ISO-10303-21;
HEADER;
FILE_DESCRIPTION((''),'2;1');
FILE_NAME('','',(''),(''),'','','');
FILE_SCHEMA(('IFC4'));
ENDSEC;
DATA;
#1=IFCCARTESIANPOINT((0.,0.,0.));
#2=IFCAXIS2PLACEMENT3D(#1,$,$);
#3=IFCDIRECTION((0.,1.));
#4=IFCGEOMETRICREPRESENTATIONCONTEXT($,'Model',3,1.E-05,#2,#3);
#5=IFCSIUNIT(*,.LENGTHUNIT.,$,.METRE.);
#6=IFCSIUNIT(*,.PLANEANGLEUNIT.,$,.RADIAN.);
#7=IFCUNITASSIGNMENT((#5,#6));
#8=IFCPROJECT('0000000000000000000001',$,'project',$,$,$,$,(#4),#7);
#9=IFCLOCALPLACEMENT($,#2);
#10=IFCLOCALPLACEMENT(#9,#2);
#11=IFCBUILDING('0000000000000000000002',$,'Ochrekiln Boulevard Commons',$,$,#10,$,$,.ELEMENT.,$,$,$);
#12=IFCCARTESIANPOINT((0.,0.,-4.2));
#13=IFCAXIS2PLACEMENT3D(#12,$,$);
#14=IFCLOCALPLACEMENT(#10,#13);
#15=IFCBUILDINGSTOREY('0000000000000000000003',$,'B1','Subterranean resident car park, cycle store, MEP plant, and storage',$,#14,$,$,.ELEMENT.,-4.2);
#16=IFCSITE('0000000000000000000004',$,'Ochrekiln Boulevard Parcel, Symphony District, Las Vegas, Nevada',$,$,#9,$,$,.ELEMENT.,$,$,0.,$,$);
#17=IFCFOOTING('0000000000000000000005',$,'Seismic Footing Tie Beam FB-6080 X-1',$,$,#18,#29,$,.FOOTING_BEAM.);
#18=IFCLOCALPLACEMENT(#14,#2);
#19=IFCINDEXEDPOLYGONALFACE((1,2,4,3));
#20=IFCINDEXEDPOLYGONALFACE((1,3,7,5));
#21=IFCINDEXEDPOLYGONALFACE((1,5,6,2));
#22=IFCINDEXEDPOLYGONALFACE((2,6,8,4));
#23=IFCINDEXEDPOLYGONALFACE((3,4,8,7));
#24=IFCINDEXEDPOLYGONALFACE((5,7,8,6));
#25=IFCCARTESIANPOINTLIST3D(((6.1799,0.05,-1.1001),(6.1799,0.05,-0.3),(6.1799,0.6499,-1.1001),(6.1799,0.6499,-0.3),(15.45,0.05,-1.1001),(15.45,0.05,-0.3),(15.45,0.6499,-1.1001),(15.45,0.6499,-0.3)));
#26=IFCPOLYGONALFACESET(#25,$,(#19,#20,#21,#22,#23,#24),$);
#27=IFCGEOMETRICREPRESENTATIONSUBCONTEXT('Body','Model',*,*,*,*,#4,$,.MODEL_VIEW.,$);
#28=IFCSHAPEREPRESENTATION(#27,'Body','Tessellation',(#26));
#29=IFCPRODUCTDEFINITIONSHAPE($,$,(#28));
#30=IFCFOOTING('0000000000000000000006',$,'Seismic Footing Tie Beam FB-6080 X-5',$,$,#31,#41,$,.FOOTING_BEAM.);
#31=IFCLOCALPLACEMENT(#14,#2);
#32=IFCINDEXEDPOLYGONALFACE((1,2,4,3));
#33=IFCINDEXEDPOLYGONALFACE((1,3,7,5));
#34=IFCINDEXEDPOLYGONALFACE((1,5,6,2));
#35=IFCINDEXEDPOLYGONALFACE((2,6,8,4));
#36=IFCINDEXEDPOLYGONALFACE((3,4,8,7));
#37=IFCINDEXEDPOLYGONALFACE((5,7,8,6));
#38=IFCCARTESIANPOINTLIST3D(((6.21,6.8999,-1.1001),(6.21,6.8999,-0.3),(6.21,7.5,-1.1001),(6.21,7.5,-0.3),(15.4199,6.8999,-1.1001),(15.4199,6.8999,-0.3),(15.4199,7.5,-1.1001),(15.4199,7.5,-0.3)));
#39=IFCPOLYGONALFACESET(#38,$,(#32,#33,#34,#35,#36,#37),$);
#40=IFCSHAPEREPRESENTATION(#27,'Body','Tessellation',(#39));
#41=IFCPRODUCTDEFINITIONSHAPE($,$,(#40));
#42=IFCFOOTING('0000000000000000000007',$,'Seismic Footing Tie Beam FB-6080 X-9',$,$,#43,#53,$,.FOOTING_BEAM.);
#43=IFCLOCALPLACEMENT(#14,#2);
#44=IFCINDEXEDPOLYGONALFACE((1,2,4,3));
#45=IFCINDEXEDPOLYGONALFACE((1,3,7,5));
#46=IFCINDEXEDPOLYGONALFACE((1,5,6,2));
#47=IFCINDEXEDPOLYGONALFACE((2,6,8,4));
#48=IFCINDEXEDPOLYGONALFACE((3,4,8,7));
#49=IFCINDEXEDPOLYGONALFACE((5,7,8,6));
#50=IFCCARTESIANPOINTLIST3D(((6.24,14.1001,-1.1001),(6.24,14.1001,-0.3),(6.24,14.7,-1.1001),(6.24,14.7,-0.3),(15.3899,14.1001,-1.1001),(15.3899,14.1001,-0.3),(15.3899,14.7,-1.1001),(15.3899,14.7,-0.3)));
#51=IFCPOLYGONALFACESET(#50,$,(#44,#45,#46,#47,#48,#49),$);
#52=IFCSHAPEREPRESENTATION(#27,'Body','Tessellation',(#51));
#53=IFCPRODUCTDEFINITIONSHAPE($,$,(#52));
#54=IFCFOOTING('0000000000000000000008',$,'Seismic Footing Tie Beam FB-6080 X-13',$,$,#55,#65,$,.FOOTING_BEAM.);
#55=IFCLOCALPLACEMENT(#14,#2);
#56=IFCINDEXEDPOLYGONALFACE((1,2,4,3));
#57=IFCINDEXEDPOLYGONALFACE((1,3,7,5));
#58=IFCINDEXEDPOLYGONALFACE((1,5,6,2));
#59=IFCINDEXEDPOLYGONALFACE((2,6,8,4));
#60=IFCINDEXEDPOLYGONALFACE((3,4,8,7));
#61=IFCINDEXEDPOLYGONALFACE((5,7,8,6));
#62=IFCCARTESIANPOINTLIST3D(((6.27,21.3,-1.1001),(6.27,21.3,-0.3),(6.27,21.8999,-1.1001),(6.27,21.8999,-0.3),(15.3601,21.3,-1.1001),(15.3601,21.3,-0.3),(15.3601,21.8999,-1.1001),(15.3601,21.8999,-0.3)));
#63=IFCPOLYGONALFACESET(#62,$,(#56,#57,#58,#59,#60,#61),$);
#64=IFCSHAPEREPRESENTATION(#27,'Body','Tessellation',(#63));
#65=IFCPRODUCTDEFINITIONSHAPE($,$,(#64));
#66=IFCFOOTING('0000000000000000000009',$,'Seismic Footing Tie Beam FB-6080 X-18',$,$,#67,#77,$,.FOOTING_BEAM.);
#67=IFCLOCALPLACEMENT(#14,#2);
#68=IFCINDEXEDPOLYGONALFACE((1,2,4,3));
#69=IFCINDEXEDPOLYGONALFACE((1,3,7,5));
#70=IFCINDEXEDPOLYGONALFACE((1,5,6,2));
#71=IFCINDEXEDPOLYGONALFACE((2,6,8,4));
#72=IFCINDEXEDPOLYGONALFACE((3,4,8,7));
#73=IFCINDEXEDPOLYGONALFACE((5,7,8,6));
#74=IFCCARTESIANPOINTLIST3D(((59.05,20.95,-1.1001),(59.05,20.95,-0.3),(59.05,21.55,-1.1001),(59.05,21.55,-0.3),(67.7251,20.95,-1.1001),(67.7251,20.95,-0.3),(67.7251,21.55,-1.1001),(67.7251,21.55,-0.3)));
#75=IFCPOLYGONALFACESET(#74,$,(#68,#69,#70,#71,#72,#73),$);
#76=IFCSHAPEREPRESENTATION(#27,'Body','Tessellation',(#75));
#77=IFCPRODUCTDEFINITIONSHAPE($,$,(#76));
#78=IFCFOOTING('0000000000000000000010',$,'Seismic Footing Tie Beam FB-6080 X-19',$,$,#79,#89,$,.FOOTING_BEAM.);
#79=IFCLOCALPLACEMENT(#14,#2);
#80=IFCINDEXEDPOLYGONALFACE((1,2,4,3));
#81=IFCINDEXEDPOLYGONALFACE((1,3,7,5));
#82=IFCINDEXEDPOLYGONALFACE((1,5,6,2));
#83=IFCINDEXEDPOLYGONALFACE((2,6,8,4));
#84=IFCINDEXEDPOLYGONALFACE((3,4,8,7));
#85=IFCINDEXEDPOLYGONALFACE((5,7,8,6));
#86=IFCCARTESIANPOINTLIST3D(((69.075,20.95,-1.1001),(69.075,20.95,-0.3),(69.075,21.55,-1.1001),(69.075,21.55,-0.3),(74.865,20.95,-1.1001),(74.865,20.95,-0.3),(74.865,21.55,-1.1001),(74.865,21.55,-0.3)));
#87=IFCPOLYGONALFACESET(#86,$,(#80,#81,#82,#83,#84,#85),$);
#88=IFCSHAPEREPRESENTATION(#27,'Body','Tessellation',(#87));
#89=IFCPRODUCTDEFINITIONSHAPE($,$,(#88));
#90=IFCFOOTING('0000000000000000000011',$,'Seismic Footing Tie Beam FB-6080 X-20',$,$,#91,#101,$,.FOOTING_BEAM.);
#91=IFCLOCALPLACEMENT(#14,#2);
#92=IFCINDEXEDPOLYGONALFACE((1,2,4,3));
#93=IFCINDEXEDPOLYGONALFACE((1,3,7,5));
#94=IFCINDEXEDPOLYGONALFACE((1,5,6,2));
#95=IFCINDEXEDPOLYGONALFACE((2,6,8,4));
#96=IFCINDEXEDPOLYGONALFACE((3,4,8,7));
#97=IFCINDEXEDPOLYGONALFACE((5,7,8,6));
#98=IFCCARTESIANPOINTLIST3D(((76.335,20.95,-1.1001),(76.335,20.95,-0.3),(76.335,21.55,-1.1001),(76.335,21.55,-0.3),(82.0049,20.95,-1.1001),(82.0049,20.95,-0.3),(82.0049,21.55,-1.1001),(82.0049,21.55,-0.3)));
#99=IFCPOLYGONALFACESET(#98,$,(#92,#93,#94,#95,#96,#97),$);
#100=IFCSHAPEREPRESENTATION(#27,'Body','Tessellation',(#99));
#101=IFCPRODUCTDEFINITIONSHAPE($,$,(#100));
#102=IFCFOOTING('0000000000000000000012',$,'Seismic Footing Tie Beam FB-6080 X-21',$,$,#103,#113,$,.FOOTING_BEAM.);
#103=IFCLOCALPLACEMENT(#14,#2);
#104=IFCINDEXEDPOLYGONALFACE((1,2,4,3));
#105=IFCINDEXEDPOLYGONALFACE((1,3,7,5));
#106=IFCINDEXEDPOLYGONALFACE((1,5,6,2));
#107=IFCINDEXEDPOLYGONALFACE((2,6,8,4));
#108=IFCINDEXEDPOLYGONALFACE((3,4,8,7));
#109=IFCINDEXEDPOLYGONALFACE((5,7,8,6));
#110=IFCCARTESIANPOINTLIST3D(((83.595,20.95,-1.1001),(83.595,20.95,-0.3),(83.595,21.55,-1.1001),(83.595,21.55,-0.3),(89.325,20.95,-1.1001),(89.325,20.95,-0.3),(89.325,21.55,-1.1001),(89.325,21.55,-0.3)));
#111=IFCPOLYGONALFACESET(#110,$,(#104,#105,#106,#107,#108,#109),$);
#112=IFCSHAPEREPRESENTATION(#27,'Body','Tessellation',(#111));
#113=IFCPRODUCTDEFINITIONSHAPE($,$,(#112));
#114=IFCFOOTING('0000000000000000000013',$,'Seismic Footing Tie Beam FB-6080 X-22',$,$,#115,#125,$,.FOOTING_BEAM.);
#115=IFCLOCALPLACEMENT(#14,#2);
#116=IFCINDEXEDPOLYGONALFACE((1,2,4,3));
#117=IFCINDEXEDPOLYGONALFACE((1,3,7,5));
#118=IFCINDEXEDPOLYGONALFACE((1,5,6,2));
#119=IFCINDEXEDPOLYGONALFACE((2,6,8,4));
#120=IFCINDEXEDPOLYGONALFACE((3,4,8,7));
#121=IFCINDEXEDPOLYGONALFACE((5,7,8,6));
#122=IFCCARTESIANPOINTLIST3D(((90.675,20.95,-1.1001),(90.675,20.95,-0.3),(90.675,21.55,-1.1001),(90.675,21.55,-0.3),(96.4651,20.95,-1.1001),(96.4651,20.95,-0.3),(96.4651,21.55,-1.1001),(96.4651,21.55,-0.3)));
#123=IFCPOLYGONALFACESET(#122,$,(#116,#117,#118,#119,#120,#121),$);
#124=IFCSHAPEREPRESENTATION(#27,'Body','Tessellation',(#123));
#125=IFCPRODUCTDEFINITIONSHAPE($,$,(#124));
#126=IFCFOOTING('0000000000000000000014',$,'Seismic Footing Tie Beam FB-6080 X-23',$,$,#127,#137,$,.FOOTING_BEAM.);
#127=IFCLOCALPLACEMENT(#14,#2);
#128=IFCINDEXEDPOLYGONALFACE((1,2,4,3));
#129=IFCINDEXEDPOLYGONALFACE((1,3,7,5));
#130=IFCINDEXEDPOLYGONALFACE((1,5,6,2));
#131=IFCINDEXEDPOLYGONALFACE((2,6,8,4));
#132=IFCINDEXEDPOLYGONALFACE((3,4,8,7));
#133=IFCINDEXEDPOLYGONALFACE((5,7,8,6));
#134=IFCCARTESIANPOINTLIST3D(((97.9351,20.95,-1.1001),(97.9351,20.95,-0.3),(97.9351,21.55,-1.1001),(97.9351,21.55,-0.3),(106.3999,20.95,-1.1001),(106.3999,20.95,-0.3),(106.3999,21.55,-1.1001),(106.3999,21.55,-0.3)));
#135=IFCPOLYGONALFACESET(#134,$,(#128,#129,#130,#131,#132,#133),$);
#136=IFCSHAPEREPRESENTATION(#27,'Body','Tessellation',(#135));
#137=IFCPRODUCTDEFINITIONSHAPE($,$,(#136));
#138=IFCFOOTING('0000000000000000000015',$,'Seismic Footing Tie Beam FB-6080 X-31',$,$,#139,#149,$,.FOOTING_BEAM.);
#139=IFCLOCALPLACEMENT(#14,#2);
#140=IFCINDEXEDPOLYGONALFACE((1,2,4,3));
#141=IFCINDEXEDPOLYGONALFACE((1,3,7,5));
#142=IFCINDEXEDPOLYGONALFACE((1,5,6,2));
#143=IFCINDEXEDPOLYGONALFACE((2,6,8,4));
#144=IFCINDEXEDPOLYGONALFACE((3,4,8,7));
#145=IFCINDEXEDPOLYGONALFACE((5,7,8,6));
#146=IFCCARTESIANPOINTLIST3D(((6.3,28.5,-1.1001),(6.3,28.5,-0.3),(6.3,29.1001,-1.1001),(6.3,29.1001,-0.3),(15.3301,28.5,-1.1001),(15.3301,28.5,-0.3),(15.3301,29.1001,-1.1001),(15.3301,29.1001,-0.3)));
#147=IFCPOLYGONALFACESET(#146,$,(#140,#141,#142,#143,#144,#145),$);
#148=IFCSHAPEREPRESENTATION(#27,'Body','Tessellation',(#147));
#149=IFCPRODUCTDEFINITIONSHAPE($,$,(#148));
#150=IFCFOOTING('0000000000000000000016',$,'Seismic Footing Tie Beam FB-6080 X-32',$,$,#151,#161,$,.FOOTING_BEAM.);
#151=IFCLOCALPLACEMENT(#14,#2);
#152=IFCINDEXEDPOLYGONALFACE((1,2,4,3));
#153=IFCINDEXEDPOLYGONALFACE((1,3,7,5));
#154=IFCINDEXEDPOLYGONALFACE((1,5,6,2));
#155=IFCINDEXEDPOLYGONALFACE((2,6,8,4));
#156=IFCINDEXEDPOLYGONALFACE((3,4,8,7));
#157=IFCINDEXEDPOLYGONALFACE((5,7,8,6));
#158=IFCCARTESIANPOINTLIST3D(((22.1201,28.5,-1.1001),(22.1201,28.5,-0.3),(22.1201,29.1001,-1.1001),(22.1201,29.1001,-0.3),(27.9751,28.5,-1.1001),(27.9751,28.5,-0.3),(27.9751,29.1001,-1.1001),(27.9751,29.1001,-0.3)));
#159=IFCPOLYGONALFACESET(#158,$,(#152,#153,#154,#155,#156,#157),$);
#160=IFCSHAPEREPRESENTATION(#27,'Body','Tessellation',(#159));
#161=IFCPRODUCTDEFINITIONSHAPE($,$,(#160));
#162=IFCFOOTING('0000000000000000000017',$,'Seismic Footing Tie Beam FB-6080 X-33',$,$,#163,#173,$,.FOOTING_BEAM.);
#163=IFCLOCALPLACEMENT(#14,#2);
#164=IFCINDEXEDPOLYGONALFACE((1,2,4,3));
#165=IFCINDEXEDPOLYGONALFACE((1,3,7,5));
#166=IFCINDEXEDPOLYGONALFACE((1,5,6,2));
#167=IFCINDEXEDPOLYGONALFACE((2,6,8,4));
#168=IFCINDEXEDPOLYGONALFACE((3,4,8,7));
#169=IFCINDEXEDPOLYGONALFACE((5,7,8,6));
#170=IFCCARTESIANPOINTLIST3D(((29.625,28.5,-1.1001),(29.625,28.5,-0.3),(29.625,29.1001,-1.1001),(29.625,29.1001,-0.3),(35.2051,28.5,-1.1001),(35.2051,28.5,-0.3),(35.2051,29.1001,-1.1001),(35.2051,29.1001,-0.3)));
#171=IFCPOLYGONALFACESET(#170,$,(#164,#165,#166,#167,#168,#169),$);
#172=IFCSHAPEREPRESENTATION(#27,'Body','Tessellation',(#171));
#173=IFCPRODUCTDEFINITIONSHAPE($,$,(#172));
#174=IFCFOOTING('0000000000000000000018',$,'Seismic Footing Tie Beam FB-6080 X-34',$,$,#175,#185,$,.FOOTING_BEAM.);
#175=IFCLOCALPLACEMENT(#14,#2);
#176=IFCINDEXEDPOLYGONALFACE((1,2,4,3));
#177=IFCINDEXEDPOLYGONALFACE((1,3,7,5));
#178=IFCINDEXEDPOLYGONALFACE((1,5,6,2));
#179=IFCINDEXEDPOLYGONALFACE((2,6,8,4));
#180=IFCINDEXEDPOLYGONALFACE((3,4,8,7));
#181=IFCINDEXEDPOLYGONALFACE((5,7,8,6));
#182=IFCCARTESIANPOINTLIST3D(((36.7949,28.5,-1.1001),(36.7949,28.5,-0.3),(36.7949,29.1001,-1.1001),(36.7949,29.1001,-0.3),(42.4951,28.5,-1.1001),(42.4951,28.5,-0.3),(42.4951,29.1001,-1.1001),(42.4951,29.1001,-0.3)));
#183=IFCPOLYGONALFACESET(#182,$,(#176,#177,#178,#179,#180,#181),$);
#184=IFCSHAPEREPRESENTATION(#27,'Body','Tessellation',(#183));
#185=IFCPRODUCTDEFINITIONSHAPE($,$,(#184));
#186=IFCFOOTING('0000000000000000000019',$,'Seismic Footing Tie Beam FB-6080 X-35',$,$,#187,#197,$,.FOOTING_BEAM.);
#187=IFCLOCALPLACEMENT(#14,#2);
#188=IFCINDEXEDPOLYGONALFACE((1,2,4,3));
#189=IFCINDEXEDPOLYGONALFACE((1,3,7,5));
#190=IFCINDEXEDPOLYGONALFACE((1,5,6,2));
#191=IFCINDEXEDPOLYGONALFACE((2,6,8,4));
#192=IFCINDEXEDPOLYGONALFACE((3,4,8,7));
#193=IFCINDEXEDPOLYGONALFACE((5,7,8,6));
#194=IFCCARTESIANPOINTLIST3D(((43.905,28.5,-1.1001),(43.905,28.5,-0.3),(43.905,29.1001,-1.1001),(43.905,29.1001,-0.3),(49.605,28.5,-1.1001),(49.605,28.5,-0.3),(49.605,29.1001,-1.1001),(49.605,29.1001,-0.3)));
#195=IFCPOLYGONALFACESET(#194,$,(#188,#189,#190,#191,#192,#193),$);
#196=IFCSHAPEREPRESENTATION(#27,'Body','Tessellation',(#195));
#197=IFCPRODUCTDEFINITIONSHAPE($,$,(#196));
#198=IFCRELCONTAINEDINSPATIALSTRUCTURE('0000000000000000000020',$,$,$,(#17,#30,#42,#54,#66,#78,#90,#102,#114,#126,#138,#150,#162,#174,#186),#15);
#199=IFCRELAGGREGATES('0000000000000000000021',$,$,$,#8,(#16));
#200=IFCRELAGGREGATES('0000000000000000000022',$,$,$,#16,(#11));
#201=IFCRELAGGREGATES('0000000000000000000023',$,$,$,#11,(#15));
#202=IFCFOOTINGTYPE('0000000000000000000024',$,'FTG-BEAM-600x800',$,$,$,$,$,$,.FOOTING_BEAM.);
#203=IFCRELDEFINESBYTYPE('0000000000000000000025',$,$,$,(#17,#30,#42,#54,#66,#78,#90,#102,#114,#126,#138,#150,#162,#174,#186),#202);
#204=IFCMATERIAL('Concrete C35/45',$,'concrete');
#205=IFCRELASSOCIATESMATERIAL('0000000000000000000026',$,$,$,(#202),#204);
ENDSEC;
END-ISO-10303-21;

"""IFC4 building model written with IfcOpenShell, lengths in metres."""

from ifc_helpers import new_model, si_unit, direction, frame, origin, place, context, subcontext, project, spatial, polyline, outline, extrude, material, type_object, element, save


model = new_model("IFC4")

# Units and contexts
model_context = context("Model", 3, precision=1e-05, world=origin(), true_north=direction((0.0, 1.0)))
body_context = subcontext(model_context, "Body", "Model", "MODEL_VIEW")
ifc_project = project(units=[si_unit("LENGTHUNIT", "METRE"), si_unit("PLANEANGLEUNIT", "RADIAN")], contexts=[model_context])

# Site, building, storey
site_placement = place(None, origin())
site = spatial("IfcSite", under=ifc_project, at=site_placement, Name="Ochrekiln Boulevard Parcel, Symphony District, Las Vegas, Nevada", CompositionType="ELEMENT", RefElevation=0.0)
building_placement = place(site_placement, origin())
building = spatial("IfcBuilding", under=site, at=building_placement, Name="Ochrekiln Boulevard Commons", CompositionType="ELEMENT")
storey_placement = place(building_placement, frame((0.0, 0.0, -4.2)))
storey = spatial("IfcBuildingStorey", under=building, at=storey_placement, Name="B1", Description="Subterranean resident car park, cycle store, MEP plant, and storage", CompositionType="ELEMENT", Elevation=-4.2)

# Footings
ifc_material = material(Name="Concrete C35/45", Category="concrete")
footing_type = type_object("IfcFootingType", Name="FTG-BEAM-600x800", PredefinedType="FOOTING_BEAM", material=ifc_material)
footing_1_placement = place(storey_placement, frame((0.0, 0.0, -1.1001)))
element("IfcFooting", 1, at=footing_1_placement, inside=storey, type_object=footing_type, Name="Seismic Footing Tie Beam FB-6080 X-1", PredefinedType="FOOTING_BEAM", context=body_context, shape_type="SweptSolid", body=[
    extrude(outline(polyline([(6.1799, 0.05), (15.45, 0.05), (15.45, 0.6499), (6.1799, 0.6499), (6.1799, 0.05)])), origin(), (0.0, 0.0, 1.0), 0.8),
])
footing_2_placement = place(storey_placement, frame((0.0, 0.0, -1.1001)))
element("IfcFooting", 2, at=footing_2_placement, inside=storey, type_object=footing_type, Name="Seismic Footing Tie Beam FB-6080 X-5", PredefinedType="FOOTING_BEAM", context=body_context, shape_type="SweptSolid", body=[
    extrude(outline(polyline([(6.21, 6.8999), (15.4199, 6.8999), (15.4199, 7.5), (6.21, 7.5), (6.21, 6.8999)])), origin(), (0.0, 0.0, 1.0), 0.8),
])
footing_3_placement = place(storey_placement, frame((0.0, 0.0, -1.1001)))
element("IfcFooting", 3, at=footing_3_placement, inside=storey, type_object=footing_type, Name="Seismic Footing Tie Beam FB-6080 X-9", PredefinedType="FOOTING_BEAM", context=body_context, shape_type="SweptSolid", body=[
    extrude(outline(polyline([(6.24, 14.1001), (15.3899, 14.1001), (15.3899, 14.7), (6.24, 14.7), (6.24, 14.1001)])), origin(), (0.0, 0.0, 1.0), 0.8),
])
footing_4_placement = place(storey_placement, frame((0.0, 0.0, -1.1001)))
element("IfcFooting", 4, at=footing_4_placement, inside=storey, type_object=footing_type, Name="Seismic Footing Tie Beam FB-6080 X-13", PredefinedType="FOOTING_BEAM", context=body_context, shape_type="SweptSolid", body=[
    extrude(outline(polyline([(6.27, 21.3), (15.3601, 21.3), (15.3601, 21.8999), (6.27, 21.8999), (6.27, 21.3)])), origin(), (0.0, 0.0, 1.0), 0.8),
])
footing_5_placement = place(storey_placement, frame((0.0, 0.0, -1.1001)))
element("IfcFooting", 5, at=footing_5_placement, inside=storey, type_object=footing_type, Name="Seismic Footing Tie Beam FB-6080 X-18", PredefinedType="FOOTING_BEAM", context=body_context, shape_type="SweptSolid", body=[
    extrude(outline(polyline([(59.05, 20.95), (67.7251, 20.95), (67.7251, 21.55), (59.05, 21.55), (59.05, 20.95)])), origin(), (0.0, 0.0, 1.0), 0.8),
])
footing_6_placement = place(storey_placement, frame((0.0, 0.0, -1.1001)))
element("IfcFooting", 6, at=footing_6_placement, inside=storey, type_object=footing_type, Name="Seismic Footing Tie Beam FB-6080 X-19", PredefinedType="FOOTING_BEAM", context=body_context, shape_type="SweptSolid", body=[
    extrude(outline(polyline([(69.075, 20.95), (74.865, 20.95), (74.865, 21.55), (69.075, 21.55), (69.075, 20.95)])), origin(), (0.0, 0.0, 1.0), 0.8),
])
footing_7_placement = place(storey_placement, frame((0.0, 0.0, -1.1001)))
element("IfcFooting", 7, at=footing_7_placement, inside=storey, type_object=footing_type, Name="Seismic Footing Tie Beam FB-6080 X-20", PredefinedType="FOOTING_BEAM", context=body_context, shape_type="SweptSolid", body=[
    extrude(outline(polyline([(76.335, 20.95), (82.0049, 20.95), (82.0049, 21.55), (76.335, 21.55), (76.335, 20.95)])), origin(), (0.0, 0.0, 1.0), 0.8),
])
footing_8_placement = place(storey_placement, frame((0.0, 0.0, -1.1001)))
element("IfcFooting", 8, at=footing_8_placement, inside=storey, type_object=footing_type, Name="Seismic Footing Tie Beam FB-6080 X-21", PredefinedType="FOOTING_BEAM", context=body_context, shape_type="SweptSolid", body=[
    extrude(outline(polyline([(83.595, 20.95), (89.325, 20.95), (89.325, 21.55), (83.595, 21.55), (83.595, 20.95)])), origin(), (0.0, 0.0, 1.0), 0.8),
])
footing_9_placement = place(storey_placement, frame((0.0, 0.0, -1.1001)))
element("IfcFooting", 9, at=footing_9_placement, inside=storey, type_object=footing_type, Name="Seismic Footing Tie Beam FB-6080 X-22", PredefinedType="FOOTING_BEAM", context=body_context, shape_type="SweptSolid", body=[
    extrude(outline(polyline([(90.675, 20.95), (96.4651, 20.95), (96.4651, 21.55), (90.675, 21.55), (90.675, 20.95)])), origin(), (0.0, 0.0, 1.0), 0.8),
])
footing_10_placement = place(storey_placement, frame((0.0, 0.0, -1.1001)))
element("IfcFooting", 10, at=footing_10_placement, inside=storey, type_object=footing_type, Name="Seismic Footing Tie Beam FB-6080 X-23", PredefinedType="FOOTING_BEAM", context=body_context, shape_type="SweptSolid", body=[
    extrude(outline(polyline([(97.9351, 20.95), (106.3999, 20.95), (106.3999, 21.55), (97.9351, 21.55), (97.9351, 20.95)])), origin(), (0.0, 0.0, 1.0), 0.8),
])
footing_11_placement = place(storey_placement, frame((0.0, 0.0, -1.1001)))
element("IfcFooting", 11, at=footing_11_placement, inside=storey, type_object=footing_type, Name="Seismic Footing Tie Beam FB-6080 X-31", PredefinedType="FOOTING_BEAM", context=body_context, shape_type="SweptSolid", body=[
    extrude(outline(polyline([(6.3, 28.5), (15.3301, 28.5), (15.3301, 29.1001), (6.3, 29.1001), (6.3, 28.5)])), origin(), (0.0, 0.0, 1.0), 0.8),
])
footing_12_placement = place(storey_placement, frame((0.0, 0.0, -1.1001)))
element("IfcFooting", 12, at=footing_12_placement, inside=storey, type_object=footing_type, Name="Seismic Footing Tie Beam FB-6080 X-32", PredefinedType="FOOTING_BEAM", context=body_context, shape_type="SweptSolid", body=[
    extrude(outline(polyline([(22.1201, 28.5), (27.9751, 28.5), (27.9751, 29.1001), (22.1201, 29.1001), (22.1201, 28.5)])), origin(), (0.0, 0.0, 1.0), 0.8),
])
footing_13_placement = place(storey_placement, frame((0.0, 0.0, -1.1001)))
element("IfcFooting", 13, at=footing_13_placement, inside=storey, type_object=footing_type, Name="Seismic Footing Tie Beam FB-6080 X-33", PredefinedType="FOOTING_BEAM", context=body_context, shape_type="SweptSolid", body=[
    extrude(outline(polyline([(29.625, 28.5), (35.2051, 28.5), (35.2051, 29.1001), (29.625, 29.1001), (29.625, 28.5)])), origin(), (0.0, 0.0, 1.0), 0.8),
])
footing_14_placement = place(storey_placement, frame((0.0, 0.0, -1.1001)))
element("IfcFooting", 14, at=footing_14_placement, inside=storey, type_object=footing_type, Name="Seismic Footing Tie Beam FB-6080 X-34", PredefinedType="FOOTING_BEAM", context=body_context, shape_type="SweptSolid", body=[
    extrude(outline(polyline([(36.7949, 28.5), (42.4951, 28.5), (42.4951, 29.1001), (36.7949, 29.1001), (36.7949, 28.5)])), origin(), (0.0, 0.0, 1.0), 0.8),
])
footing_15_placement = place(storey_placement, frame((0.0, 0.0, -1.1001)))
element("IfcFooting", 15, at=footing_15_placement, inside=storey, type_object=footing_type, Name="Seismic Footing Tie Beam FB-6080 X-35", PredefinedType="FOOTING_BEAM", context=body_context, shape_type="SweptSolid", body=[
    extrude(outline(polyline([(43.905, 28.5), (49.605, 28.5), (49.605, 29.1001), (43.905, 29.1001), (43.905, 28.5)])), origin(), (0.0, 0.0, 1.0), 0.8),
])

save(model, "model.ifc")
